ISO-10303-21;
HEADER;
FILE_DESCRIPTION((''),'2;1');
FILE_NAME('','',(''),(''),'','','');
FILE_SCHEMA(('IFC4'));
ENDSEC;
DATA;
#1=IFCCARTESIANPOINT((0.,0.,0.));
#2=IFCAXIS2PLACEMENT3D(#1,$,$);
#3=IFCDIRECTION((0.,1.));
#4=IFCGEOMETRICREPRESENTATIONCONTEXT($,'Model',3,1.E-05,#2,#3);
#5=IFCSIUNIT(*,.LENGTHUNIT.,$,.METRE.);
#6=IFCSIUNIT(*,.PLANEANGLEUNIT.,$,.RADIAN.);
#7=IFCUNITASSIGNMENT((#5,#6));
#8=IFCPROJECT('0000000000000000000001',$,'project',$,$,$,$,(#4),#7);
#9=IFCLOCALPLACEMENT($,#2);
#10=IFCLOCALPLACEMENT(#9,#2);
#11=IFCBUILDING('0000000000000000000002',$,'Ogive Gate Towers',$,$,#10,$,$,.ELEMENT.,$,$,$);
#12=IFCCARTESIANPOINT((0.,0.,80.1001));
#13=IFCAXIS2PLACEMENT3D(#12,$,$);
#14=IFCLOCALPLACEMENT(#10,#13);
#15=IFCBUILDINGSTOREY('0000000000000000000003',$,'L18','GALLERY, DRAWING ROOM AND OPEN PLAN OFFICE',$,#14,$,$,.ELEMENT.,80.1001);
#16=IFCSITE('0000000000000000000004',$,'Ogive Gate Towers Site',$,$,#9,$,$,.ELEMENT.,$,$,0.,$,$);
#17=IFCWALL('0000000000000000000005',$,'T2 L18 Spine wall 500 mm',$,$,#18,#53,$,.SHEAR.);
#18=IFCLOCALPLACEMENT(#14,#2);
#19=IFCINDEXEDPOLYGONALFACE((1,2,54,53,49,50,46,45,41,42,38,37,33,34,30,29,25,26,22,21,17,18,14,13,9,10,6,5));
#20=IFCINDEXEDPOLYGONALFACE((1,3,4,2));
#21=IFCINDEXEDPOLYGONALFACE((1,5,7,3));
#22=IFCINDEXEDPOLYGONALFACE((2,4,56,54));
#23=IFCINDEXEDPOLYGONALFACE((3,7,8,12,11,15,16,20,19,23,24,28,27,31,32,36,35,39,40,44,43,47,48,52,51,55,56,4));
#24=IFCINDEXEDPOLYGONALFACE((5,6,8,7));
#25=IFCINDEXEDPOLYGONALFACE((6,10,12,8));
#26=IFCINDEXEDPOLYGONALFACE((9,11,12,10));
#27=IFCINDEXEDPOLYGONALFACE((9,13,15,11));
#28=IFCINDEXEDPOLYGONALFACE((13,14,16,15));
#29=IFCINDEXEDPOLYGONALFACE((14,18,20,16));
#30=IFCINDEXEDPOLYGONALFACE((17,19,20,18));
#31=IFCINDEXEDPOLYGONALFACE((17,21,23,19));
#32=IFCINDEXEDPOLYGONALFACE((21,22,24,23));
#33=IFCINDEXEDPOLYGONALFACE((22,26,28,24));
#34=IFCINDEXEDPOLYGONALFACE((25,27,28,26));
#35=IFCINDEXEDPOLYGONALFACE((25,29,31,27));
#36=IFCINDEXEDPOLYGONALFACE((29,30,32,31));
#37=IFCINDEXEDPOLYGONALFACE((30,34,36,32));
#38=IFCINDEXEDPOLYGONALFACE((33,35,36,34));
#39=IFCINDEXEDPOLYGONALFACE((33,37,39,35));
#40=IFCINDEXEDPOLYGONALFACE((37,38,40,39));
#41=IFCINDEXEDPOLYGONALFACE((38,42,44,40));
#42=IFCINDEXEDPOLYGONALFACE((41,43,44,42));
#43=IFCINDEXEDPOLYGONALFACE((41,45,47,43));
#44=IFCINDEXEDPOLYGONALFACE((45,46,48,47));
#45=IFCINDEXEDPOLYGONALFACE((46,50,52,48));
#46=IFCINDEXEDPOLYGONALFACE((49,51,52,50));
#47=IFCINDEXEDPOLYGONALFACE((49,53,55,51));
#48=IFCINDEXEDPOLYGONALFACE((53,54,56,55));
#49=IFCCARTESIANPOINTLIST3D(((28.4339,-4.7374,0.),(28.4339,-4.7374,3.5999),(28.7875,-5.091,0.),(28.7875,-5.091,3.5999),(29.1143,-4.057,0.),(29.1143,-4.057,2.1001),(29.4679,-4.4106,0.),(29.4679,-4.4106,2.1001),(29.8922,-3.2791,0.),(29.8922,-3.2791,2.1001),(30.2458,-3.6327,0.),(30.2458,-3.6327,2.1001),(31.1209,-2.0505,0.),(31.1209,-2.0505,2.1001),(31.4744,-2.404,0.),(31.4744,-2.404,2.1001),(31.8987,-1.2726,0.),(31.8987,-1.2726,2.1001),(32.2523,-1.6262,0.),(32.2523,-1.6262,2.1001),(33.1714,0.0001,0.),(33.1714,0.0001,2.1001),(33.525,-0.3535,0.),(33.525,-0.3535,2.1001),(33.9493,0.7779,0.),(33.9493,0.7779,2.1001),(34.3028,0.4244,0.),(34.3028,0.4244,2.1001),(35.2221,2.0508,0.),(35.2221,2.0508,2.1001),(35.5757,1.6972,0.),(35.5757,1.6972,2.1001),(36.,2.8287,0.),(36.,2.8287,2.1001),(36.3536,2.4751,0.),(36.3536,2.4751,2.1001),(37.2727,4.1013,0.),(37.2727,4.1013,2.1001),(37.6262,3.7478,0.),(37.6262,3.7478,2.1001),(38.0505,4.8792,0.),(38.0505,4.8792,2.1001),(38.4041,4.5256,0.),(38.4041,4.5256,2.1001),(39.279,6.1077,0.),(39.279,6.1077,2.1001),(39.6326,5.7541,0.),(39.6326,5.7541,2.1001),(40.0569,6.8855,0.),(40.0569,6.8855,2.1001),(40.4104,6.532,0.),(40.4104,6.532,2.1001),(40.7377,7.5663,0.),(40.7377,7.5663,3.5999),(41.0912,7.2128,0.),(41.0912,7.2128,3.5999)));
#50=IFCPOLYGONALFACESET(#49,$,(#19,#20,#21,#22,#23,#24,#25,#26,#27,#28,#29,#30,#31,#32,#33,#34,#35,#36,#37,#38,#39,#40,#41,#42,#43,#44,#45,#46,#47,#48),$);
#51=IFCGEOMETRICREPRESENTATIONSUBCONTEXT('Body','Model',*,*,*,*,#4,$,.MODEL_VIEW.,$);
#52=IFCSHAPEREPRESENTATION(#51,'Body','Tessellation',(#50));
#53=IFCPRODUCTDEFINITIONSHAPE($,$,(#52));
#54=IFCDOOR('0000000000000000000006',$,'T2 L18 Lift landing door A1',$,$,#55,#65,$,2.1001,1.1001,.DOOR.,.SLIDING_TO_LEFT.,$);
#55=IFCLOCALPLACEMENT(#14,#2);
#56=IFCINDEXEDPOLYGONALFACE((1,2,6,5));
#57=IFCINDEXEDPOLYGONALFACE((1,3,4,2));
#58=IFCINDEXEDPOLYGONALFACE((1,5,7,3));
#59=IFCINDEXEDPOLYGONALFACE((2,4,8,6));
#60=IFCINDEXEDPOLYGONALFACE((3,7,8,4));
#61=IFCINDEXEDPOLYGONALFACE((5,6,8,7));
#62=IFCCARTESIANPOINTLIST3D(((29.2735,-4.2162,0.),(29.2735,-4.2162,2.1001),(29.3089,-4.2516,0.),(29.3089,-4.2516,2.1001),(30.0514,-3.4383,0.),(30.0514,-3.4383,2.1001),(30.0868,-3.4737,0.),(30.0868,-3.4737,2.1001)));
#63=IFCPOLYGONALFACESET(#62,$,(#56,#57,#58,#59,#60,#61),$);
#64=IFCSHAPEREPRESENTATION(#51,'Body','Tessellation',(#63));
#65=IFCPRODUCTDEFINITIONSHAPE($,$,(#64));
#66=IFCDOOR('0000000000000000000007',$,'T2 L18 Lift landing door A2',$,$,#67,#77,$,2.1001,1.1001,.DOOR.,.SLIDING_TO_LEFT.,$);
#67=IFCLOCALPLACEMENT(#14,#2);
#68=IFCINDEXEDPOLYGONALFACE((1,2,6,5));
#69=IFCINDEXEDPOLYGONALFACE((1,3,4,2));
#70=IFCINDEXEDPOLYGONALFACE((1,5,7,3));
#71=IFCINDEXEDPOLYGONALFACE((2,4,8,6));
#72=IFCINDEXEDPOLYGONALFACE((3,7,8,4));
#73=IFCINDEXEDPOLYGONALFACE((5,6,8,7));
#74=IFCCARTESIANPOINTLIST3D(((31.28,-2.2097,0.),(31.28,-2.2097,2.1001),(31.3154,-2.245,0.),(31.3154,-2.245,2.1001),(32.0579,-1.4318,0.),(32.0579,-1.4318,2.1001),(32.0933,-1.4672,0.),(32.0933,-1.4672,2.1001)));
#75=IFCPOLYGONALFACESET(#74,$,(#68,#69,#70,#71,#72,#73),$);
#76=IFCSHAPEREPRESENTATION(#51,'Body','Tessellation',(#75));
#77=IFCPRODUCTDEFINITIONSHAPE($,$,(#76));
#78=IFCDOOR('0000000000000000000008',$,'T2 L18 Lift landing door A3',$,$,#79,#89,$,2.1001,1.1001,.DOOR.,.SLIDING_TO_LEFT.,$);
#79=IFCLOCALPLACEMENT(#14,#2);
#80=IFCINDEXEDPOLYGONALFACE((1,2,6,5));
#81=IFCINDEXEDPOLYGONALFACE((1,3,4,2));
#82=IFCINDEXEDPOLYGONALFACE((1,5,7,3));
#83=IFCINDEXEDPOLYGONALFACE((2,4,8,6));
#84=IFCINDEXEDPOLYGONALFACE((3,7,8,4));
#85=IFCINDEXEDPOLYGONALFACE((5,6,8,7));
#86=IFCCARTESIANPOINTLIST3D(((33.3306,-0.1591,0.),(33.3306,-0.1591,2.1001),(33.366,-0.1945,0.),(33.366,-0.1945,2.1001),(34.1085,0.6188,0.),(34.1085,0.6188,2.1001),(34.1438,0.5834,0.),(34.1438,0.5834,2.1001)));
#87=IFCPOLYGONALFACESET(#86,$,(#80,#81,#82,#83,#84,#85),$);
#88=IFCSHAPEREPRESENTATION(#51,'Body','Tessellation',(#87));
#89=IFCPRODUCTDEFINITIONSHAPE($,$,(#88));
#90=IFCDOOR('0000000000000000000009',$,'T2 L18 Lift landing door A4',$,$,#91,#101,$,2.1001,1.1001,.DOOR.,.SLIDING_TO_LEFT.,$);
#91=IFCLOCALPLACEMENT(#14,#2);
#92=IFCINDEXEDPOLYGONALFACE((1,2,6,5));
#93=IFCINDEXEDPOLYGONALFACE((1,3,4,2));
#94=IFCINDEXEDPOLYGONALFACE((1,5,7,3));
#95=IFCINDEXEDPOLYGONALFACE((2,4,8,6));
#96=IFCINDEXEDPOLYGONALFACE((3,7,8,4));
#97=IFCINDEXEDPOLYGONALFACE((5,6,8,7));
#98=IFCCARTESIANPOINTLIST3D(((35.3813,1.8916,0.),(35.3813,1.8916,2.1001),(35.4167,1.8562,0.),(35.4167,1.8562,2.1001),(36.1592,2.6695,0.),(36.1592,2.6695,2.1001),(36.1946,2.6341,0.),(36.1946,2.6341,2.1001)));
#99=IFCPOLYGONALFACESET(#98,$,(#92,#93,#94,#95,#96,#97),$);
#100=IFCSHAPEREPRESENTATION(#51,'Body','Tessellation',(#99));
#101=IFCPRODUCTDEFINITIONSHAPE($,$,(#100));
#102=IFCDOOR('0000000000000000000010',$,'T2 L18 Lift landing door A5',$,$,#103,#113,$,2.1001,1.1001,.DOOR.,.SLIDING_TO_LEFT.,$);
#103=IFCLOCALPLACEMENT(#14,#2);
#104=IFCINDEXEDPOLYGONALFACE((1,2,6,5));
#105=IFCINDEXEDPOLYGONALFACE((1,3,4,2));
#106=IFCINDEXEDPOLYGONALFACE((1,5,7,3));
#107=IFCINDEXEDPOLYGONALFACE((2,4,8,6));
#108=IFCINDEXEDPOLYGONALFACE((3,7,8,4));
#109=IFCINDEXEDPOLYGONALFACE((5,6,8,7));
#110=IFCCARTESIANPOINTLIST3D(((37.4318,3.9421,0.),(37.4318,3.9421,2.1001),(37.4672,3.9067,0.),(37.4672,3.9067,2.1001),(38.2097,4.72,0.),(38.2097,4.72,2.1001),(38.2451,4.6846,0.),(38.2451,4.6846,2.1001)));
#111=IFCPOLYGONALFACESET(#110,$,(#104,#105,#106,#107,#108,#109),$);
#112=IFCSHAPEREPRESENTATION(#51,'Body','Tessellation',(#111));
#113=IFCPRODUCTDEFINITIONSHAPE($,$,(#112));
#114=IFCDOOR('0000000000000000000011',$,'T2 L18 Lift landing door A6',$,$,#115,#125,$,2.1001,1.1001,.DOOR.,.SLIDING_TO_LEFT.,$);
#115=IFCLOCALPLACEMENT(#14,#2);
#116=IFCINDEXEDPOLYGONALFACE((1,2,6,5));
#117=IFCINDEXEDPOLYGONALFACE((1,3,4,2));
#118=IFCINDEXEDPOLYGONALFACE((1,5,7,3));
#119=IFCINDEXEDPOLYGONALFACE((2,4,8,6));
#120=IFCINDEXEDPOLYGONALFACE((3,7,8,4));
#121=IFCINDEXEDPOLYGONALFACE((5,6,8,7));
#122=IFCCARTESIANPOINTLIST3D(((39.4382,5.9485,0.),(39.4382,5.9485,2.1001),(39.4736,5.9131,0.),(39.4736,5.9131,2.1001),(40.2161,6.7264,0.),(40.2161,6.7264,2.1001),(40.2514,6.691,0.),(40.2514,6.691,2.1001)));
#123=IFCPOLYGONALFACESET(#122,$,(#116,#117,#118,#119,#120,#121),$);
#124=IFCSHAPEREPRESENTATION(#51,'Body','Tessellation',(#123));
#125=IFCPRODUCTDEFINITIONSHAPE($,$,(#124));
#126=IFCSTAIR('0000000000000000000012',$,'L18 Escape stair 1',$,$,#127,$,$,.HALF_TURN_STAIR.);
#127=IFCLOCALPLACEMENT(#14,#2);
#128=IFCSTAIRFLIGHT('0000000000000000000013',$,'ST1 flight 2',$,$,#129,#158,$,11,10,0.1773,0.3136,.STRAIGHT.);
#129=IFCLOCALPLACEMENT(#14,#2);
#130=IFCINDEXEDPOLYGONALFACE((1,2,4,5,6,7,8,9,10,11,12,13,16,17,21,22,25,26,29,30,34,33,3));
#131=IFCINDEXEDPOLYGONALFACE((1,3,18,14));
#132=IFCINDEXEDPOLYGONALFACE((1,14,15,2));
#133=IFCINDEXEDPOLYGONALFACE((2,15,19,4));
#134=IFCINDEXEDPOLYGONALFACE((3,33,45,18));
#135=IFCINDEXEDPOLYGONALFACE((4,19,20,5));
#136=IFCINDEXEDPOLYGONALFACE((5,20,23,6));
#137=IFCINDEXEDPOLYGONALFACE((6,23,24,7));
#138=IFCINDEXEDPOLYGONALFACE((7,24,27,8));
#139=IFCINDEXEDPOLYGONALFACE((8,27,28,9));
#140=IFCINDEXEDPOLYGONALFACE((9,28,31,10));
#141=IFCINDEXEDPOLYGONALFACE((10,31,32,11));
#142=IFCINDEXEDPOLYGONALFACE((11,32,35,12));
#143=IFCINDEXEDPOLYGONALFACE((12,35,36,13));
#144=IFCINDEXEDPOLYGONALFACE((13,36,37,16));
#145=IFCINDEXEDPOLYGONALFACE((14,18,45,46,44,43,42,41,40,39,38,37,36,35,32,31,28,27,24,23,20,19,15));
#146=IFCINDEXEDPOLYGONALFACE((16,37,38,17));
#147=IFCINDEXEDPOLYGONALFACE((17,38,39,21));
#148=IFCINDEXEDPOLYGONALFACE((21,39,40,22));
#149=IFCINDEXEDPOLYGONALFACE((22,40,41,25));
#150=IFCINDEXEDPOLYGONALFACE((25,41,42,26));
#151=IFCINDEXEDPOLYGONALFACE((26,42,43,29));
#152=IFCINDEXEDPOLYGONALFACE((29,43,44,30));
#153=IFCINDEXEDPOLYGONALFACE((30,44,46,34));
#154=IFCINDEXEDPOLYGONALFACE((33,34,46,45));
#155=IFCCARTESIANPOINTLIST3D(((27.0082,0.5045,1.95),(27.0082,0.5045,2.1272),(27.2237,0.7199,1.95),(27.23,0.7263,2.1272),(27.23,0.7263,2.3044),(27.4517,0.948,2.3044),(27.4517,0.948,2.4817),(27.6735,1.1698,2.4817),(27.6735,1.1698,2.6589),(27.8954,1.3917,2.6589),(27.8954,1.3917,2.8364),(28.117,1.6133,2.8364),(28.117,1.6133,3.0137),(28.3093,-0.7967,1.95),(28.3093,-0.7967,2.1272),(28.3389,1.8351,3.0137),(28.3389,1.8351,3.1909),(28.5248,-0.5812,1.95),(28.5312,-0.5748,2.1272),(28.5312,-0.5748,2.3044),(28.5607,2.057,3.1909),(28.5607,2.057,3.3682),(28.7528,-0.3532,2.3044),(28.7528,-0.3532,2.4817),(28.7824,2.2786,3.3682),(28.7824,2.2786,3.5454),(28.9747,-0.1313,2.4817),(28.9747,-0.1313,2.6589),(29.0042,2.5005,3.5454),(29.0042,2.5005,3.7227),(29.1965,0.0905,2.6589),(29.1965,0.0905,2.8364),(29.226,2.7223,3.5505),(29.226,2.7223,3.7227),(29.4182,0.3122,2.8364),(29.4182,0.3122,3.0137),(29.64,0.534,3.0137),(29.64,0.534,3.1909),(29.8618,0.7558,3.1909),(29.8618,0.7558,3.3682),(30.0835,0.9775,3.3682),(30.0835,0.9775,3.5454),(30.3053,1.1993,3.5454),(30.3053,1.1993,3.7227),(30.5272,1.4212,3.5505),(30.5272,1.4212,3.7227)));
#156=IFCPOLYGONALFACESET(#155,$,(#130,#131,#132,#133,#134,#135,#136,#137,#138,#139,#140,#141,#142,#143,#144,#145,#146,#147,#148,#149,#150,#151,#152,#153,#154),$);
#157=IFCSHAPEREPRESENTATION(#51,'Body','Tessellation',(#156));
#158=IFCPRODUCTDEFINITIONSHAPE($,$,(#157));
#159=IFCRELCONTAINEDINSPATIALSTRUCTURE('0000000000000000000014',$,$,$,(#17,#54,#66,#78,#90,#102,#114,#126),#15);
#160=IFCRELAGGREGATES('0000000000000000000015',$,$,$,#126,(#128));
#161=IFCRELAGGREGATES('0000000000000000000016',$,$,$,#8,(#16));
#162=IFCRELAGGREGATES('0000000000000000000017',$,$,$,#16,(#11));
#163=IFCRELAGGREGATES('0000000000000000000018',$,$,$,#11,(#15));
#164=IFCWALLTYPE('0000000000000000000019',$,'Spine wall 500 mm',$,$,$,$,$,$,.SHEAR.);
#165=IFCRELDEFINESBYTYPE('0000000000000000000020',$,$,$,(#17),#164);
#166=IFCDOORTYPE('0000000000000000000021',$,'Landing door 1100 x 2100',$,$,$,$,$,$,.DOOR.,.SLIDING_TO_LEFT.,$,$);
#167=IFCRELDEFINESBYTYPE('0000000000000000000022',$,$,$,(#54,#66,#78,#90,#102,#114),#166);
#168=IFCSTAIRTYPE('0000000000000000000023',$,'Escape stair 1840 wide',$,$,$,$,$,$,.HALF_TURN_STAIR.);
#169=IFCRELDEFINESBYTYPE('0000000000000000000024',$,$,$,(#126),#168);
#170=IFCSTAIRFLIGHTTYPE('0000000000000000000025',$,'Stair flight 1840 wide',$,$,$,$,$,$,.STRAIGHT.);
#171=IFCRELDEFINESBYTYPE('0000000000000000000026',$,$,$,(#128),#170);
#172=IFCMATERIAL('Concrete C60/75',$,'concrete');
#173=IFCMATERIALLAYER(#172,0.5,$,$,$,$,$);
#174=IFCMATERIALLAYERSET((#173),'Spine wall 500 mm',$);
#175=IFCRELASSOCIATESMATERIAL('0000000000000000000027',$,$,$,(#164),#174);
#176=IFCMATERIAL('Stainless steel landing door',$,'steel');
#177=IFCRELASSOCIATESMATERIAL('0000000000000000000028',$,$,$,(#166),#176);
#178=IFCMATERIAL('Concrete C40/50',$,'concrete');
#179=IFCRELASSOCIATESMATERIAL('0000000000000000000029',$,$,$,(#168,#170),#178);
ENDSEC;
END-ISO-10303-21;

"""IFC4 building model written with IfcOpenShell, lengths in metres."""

from ifc_helpers import new_model, si_unit, direction, frame, frame_2d, origin, place, context, subcontext, project, spatial, polyline, rectangle, outline, extrude, material, layer, layer_set, type_object, element, fill, aggregate, save


model = new_model("IFC4")

# Units and contexts
model_context = context("Model", 3, precision=1e-05, world=origin(), true_north=direction((0.0, 1.0)))
body_context = subcontext(model_context, "Body", "Model", "MODEL_VIEW")
ifc_project = project(units=[si_unit("LENGTHUNIT", "METRE"), si_unit("PLANEANGLEUNIT", "RADIAN")], contexts=[model_context])

# Site, building, storey
site_placement = place(None, origin())
site = spatial("IfcSite", under=ifc_project, at=site_placement, Name="Ogive Gate Towers Site", CompositionType="ELEMENT", RefElevation=0.0)
building_placement = place(site_placement, origin())
building = spatial("IfcBuilding", under=site, at=building_placement, Name="Ogive Gate Towers", CompositionType="ELEMENT")
storey_placement = place(building_placement, frame((0.0, 0.0, 80.1001)))
storey = spatial("IfcBuildingStorey", under=building, at=storey_placement, Name="L18", Description="GALLERY, DRAWING ROOM AND OPEN PLAN OFFICE", CompositionType="ELEMENT", Elevation=80.1001)

# Shared definitions
ifc_material_1 = material(Name="Concrete C60/75", Category="concrete")

# Wall, openings, doors
ifc_layer_1 = layer(ifc_material_1, 0.5)
ifc_layer_set_1 = layer_set([ifc_layer_1], Name="Spine wall 500 mm")
wall_type_1 = type_object("IfcWallType", Name="Spine wall 500 mm", PredefinedType="SHEAR", material=ifc_layer_set_1)
ifc_material_2 = material(Name="Stainless steel landing door", Category="steel")
wall_1_placement = place(storey_placement, frame((28.6106, -4.9143, 0.0), z_axis=(0.0, 0.0, 1.0), x_axis=(0.707107, 0.707107, 0.0)))
wall_1 = element("IfcWall", 1, at=wall_1_placement, inside=storey, type_object=wall_type_1, Name="T2 L18 Spine wall 500 mm", PredefinedType="SHEAR", context=body_context, shape_type="SweptSolid", body=[
    extrude(rectangle(XDim=17.4001, YDim=0.5, at=frame_2d((8.7002, 0.0))), origin(), (0.0, 0.0, 1.0), 3.5999),
])
opening_1_placement = place(wall_1_placement, frame((0.9624, 0.0, 0.0)))
opening_1 = element("IfcOpeningElement", 2, at=opening_1_placement, cuts=wall_1, PredefinedType="OPENING", context=body_context, shape_type="SweptSolid", body=[
    extrude(rectangle(XDim=1.1001, YDim=2.1001, at=frame_2d((0.55, 1.05))), frame((0.0, 0.26, 0.0), z_axis=(0.0, -1.0, 0.0), x_axis=(1.0, 0.0, 0.0)), (0.0, 0.0, 1.0), 0.52),
])
opening_2_placement = place(wall_1_placement, frame((3.8, 0.0, 0.0)))
opening_2 = element("IfcOpeningElement", 3, at=opening_2_placement, cuts=wall_1, PredefinedType="OPENING", context=body_context, shape_type="SweptSolid", body=[
    extrude(rectangle(XDim=1.1001, YDim=2.1001, at=frame_2d((0.55, 1.05))), frame((0.0, 0.26, 0.0), z_axis=(0.0, -1.0, 0.0), x_axis=(1.0, 0.0, 0.0)), (0.0, 0.0, 1.0), 0.52),
])
opening_3_placement = place(wall_1_placement, frame((6.7, 0.0, 0.0)))
opening_3 = element("IfcOpeningElement", 4, at=opening_3_placement, cuts=wall_1, PredefinedType="OPENING", context=body_context, shape_type="SweptSolid", body=[
    extrude(rectangle(XDim=1.1001, YDim=2.1001, at=frame_2d((0.55, 1.05))), frame((0.0, 0.26, 0.0), z_axis=(0.0, -1.0, 0.0), x_axis=(1.0, 0.0, 0.0)), (0.0, 0.0, 1.0), 0.52),
])
opening_4_placement = place(wall_1_placement, frame((9.6001, 0.0, 0.0)))
opening_4 = element("IfcOpeningElement", 5, at=opening_4_placement, cuts=wall_1, PredefinedType="OPENING", context=body_context, shape_type="SweptSolid", body=[
    extrude(rectangle(XDim=1.1001, YDim=2.1001, at=frame_2d((0.55, 1.05))), frame((0.0, 0.26, 0.0), z_axis=(0.0, -1.0, 0.0), x_axis=(1.0, 0.0, 0.0)), (0.0, 0.0, 1.0), 0.52),
])
opening_5_placement = place(wall_1_placement, frame((12.5, 0.0, 0.0)))
opening_5 = element("IfcOpeningElement", 6, at=opening_5_placement, cuts=wall_1, PredefinedType="OPENING", context=body_context, shape_type="SweptSolid", body=[
    extrude(rectangle(XDim=1.1001, YDim=2.1001, at=frame_2d((0.55, 1.05))), frame((0.0, 0.26, 0.0), z_axis=(0.0, -1.0, 0.0), x_axis=(1.0, 0.0, 0.0)), (0.0, 0.0, 1.0), 0.52),
])
opening_6_placement = place(wall_1_placement, frame((15.3374, 0.0, 0.0)))
opening_6 = element("IfcOpeningElement", 7, at=opening_6_placement, cuts=wall_1, PredefinedType="OPENING", context=body_context, shape_type="SweptSolid", body=[
    extrude(rectangle(XDim=1.1001, YDim=2.1001, at=frame_2d((0.55, 1.05))), frame((0.0, 0.26, 0.0), z_axis=(0.0, -1.0, 0.0), x_axis=(1.0, 0.0, 0.0)), (0.0, 0.0, 1.0), 0.52),
])
door_type_1 = type_object("IfcDoorType", Name="Landing door 1100 x 2100", OperationType="SLIDING_TO_LEFT", PredefinedType="DOOR", material=ifc_material_2)
door_1_placement = place(opening_1_placement, origin())
door_1 = element("IfcDoor", 8, at=door_1_placement, inside=storey, type_object=door_type_1, Name="T2 L18 Lift landing door A1", OperationType="SLIDING_TO_LEFT", OverallHeight=2.1001, OverallWidth=1.1001, PredefinedType="DOOR", context=body_context, shape_type="SweptSolid", body=[
    extrude(rectangle(XDim=1.1001, YDim=2.1001, at=frame_2d((0.55, 1.05))), frame((0.0, 0.0249, 0.0), z_axis=(0.0, -1.0, 0.0), x_axis=(1.0, 0.0, 0.0)), (0.0, 0.0, 1.0), 0.05),
])
fill(opening_1, door_1)
door_2_placement = place(opening_2_placement, origin())
door_2 = element("IfcDoor", 9, at=door_2_placement, inside=storey, type_object=door_type_1, Name="T2 L18 Lift landing door A2", OperationType="SLIDING_TO_LEFT", OverallHeight=2.1001, OverallWidth=1.1001, PredefinedType="DOOR", context=body_context, shape_type="SweptSolid", body=[
    extrude(rectangle(XDim=1.1001, YDim=2.1001, at=frame_2d((0.55, 1.05))), frame((0.0, 0.0249, 0.0), z_axis=(0.0, -1.0, 0.0), x_axis=(1.0, 0.0, 0.0)), (0.0, 0.0, 1.0), 0.05),
])
fill(opening_2, door_2)
door_3_placement = place(opening_3_placement, origin())
door_3 = element("IfcDoor", 10, at=door_3_placement, inside=storey, type_object=door_type_1, Name="T2 L18 Lift landing door A3", OperationType="SLIDING_TO_LEFT", OverallHeight=2.1001, OverallWidth=1.1001, PredefinedType="DOOR", context=body_context, shape_type="SweptSolid", body=[
    extrude(rectangle(XDim=1.1001, YDim=2.1001, at=frame_2d((0.55, 1.05))), frame((0.0, 0.0249, 0.0), z_axis=(0.0, -1.0, 0.0), x_axis=(1.0, 0.0, 0.0)), (0.0, 0.0, 1.0), 0.05),
])
fill(opening_3, door_3)
door_4_placement = place(opening_4_placement, origin())
door_4 = element("IfcDoor", 11, at=door_4_placement, inside=storey, type_object=door_type_1, Name="T2 L18 Lift landing door A4", OperationType="SLIDING_TO_LEFT", OverallHeight=2.1001, OverallWidth=1.1001, PredefinedType="DOOR", context=body_context, shape_type="SweptSolid", body=[
    extrude(rectangle(XDim=1.1001, YDim=2.1001, at=frame_2d((0.55, 1.05))), frame((0.0, 0.0249, 0.0), z_axis=(0.0, -1.0, 0.0), x_axis=(1.0, 0.0, 0.0)), (0.0, 0.0, 1.0), 0.05),
])
fill(opening_4, door_4)
door_5_placement = place(opening_5_placement, origin())
door_5 = element("IfcDoor", 12, at=door_5_placement, inside=storey, type_object=door_type_1, Name="T2 L18 Lift landing door A5", OperationType="SLIDING_TO_LEFT", OverallHeight=2.1001, OverallWidth=1.1001, PredefinedType="DOOR", context=body_context, shape_type="SweptSolid", body=[
    extrude(rectangle(XDim=1.1001, YDim=2.1001, at=frame_2d((0.55, 1.05))), frame((0.0, 0.0249, 0.0), z_axis=(0.0, -1.0, 0.0), x_axis=(1.0, 0.0, 0.0)), (0.0, 0.0, 1.0), 0.05),
])
fill(opening_5, door_5)
door_6_placement = place(opening_6_placement, origin())
door_6 = element("IfcDoor", 13, at=door_6_placement, inside=storey, type_object=door_type_1, Name="T2 L18 Lift landing door A6", OperationType="SLIDING_TO_LEFT", OverallHeight=2.1001, OverallWidth=1.1001, PredefinedType="DOOR", context=body_context, shape_type="SweptSolid", body=[
    extrude(rectangle(XDim=1.1001, YDim=2.1001, at=frame_2d((0.55, 1.05))), frame((0.0, 0.0249, 0.0), z_axis=(0.0, -1.0, 0.0), x_axis=(1.0, 0.0, 0.0)), (0.0, 0.0, 1.0), 0.05),
])
fill(opening_6, door_6)

# Stair, stair flight
ifc_material_3 = material(Name="Concrete C40/50", Category="concrete")
stair_type = type_object("IfcStairType", Name="Escape stair 1840 wide", PredefinedType="HALF_TURN_STAIR", material=ifc_material_3)
stair_placement = place(storey_placement, origin())
stair = element("IfcStair", 14, at=stair_placement, inside=storey, type_object=stair_type, Name="L18 Escape stair 1", PredefinedType="HALF_TURN_STAIR")
stair_flight_type = type_object("IfcStairFlightType", Name="Stair flight 1840 wide", PredefinedType="STRAIGHT", material=ifc_material_3)
stair_flight_placement = place(storey_placement, frame((27.6587, -0.146, 1.95), z_axis=(0.0, 0.0, 1.0), x_axis=(0.707107, 0.707107, 0.0)))
stair_flight = element("IfcStairFlight", 15, at=stair_flight_placement, type_object=stair_flight_type, Name="ST1 flight 2", NumberOfRisers=11, NumberOfTreads=10, PredefinedType="STRAIGHT", RiserHeight=0.1773, TreadLength=0.3136, context=body_context, shape_type="SweptSolid", body=[
    extrude(outline(polyline([(0.0, 0.0), (0.0, 0.1772), (0.3137, 0.1772), (0.3137, 0.3545), (0.6272, 0.3545), (0.6272, 0.5317), (0.9409, 0.5317), (0.9409, 0.709), (1.2546, 0.709), (1.2546, 0.8865), (1.5681, 0.8865), (1.5681, 1.0637), (1.8818, 1.0637), (1.8818, 1.241), (2.1956, 1.241), (2.1956, 1.4182), (2.509, 1.4182), (2.509, 1.5955), (2.8228, 1.5955), (2.8228, 1.7727), (3.1365, 1.7727), (3.1365, 1.95), (3.1365, 1.6006), (0.3047, 0.0), (0.0, 0.0)])), frame((0.0, 0.9199, 0.0), z_axis=(0.0, -1.0, 0.0), x_axis=(1.0, 0.0, 0.0)), (0.0, 0.0, 1.0), 1.8401),
])
aggregate(stair, [stair_flight])

save(model, "model.ifc")
